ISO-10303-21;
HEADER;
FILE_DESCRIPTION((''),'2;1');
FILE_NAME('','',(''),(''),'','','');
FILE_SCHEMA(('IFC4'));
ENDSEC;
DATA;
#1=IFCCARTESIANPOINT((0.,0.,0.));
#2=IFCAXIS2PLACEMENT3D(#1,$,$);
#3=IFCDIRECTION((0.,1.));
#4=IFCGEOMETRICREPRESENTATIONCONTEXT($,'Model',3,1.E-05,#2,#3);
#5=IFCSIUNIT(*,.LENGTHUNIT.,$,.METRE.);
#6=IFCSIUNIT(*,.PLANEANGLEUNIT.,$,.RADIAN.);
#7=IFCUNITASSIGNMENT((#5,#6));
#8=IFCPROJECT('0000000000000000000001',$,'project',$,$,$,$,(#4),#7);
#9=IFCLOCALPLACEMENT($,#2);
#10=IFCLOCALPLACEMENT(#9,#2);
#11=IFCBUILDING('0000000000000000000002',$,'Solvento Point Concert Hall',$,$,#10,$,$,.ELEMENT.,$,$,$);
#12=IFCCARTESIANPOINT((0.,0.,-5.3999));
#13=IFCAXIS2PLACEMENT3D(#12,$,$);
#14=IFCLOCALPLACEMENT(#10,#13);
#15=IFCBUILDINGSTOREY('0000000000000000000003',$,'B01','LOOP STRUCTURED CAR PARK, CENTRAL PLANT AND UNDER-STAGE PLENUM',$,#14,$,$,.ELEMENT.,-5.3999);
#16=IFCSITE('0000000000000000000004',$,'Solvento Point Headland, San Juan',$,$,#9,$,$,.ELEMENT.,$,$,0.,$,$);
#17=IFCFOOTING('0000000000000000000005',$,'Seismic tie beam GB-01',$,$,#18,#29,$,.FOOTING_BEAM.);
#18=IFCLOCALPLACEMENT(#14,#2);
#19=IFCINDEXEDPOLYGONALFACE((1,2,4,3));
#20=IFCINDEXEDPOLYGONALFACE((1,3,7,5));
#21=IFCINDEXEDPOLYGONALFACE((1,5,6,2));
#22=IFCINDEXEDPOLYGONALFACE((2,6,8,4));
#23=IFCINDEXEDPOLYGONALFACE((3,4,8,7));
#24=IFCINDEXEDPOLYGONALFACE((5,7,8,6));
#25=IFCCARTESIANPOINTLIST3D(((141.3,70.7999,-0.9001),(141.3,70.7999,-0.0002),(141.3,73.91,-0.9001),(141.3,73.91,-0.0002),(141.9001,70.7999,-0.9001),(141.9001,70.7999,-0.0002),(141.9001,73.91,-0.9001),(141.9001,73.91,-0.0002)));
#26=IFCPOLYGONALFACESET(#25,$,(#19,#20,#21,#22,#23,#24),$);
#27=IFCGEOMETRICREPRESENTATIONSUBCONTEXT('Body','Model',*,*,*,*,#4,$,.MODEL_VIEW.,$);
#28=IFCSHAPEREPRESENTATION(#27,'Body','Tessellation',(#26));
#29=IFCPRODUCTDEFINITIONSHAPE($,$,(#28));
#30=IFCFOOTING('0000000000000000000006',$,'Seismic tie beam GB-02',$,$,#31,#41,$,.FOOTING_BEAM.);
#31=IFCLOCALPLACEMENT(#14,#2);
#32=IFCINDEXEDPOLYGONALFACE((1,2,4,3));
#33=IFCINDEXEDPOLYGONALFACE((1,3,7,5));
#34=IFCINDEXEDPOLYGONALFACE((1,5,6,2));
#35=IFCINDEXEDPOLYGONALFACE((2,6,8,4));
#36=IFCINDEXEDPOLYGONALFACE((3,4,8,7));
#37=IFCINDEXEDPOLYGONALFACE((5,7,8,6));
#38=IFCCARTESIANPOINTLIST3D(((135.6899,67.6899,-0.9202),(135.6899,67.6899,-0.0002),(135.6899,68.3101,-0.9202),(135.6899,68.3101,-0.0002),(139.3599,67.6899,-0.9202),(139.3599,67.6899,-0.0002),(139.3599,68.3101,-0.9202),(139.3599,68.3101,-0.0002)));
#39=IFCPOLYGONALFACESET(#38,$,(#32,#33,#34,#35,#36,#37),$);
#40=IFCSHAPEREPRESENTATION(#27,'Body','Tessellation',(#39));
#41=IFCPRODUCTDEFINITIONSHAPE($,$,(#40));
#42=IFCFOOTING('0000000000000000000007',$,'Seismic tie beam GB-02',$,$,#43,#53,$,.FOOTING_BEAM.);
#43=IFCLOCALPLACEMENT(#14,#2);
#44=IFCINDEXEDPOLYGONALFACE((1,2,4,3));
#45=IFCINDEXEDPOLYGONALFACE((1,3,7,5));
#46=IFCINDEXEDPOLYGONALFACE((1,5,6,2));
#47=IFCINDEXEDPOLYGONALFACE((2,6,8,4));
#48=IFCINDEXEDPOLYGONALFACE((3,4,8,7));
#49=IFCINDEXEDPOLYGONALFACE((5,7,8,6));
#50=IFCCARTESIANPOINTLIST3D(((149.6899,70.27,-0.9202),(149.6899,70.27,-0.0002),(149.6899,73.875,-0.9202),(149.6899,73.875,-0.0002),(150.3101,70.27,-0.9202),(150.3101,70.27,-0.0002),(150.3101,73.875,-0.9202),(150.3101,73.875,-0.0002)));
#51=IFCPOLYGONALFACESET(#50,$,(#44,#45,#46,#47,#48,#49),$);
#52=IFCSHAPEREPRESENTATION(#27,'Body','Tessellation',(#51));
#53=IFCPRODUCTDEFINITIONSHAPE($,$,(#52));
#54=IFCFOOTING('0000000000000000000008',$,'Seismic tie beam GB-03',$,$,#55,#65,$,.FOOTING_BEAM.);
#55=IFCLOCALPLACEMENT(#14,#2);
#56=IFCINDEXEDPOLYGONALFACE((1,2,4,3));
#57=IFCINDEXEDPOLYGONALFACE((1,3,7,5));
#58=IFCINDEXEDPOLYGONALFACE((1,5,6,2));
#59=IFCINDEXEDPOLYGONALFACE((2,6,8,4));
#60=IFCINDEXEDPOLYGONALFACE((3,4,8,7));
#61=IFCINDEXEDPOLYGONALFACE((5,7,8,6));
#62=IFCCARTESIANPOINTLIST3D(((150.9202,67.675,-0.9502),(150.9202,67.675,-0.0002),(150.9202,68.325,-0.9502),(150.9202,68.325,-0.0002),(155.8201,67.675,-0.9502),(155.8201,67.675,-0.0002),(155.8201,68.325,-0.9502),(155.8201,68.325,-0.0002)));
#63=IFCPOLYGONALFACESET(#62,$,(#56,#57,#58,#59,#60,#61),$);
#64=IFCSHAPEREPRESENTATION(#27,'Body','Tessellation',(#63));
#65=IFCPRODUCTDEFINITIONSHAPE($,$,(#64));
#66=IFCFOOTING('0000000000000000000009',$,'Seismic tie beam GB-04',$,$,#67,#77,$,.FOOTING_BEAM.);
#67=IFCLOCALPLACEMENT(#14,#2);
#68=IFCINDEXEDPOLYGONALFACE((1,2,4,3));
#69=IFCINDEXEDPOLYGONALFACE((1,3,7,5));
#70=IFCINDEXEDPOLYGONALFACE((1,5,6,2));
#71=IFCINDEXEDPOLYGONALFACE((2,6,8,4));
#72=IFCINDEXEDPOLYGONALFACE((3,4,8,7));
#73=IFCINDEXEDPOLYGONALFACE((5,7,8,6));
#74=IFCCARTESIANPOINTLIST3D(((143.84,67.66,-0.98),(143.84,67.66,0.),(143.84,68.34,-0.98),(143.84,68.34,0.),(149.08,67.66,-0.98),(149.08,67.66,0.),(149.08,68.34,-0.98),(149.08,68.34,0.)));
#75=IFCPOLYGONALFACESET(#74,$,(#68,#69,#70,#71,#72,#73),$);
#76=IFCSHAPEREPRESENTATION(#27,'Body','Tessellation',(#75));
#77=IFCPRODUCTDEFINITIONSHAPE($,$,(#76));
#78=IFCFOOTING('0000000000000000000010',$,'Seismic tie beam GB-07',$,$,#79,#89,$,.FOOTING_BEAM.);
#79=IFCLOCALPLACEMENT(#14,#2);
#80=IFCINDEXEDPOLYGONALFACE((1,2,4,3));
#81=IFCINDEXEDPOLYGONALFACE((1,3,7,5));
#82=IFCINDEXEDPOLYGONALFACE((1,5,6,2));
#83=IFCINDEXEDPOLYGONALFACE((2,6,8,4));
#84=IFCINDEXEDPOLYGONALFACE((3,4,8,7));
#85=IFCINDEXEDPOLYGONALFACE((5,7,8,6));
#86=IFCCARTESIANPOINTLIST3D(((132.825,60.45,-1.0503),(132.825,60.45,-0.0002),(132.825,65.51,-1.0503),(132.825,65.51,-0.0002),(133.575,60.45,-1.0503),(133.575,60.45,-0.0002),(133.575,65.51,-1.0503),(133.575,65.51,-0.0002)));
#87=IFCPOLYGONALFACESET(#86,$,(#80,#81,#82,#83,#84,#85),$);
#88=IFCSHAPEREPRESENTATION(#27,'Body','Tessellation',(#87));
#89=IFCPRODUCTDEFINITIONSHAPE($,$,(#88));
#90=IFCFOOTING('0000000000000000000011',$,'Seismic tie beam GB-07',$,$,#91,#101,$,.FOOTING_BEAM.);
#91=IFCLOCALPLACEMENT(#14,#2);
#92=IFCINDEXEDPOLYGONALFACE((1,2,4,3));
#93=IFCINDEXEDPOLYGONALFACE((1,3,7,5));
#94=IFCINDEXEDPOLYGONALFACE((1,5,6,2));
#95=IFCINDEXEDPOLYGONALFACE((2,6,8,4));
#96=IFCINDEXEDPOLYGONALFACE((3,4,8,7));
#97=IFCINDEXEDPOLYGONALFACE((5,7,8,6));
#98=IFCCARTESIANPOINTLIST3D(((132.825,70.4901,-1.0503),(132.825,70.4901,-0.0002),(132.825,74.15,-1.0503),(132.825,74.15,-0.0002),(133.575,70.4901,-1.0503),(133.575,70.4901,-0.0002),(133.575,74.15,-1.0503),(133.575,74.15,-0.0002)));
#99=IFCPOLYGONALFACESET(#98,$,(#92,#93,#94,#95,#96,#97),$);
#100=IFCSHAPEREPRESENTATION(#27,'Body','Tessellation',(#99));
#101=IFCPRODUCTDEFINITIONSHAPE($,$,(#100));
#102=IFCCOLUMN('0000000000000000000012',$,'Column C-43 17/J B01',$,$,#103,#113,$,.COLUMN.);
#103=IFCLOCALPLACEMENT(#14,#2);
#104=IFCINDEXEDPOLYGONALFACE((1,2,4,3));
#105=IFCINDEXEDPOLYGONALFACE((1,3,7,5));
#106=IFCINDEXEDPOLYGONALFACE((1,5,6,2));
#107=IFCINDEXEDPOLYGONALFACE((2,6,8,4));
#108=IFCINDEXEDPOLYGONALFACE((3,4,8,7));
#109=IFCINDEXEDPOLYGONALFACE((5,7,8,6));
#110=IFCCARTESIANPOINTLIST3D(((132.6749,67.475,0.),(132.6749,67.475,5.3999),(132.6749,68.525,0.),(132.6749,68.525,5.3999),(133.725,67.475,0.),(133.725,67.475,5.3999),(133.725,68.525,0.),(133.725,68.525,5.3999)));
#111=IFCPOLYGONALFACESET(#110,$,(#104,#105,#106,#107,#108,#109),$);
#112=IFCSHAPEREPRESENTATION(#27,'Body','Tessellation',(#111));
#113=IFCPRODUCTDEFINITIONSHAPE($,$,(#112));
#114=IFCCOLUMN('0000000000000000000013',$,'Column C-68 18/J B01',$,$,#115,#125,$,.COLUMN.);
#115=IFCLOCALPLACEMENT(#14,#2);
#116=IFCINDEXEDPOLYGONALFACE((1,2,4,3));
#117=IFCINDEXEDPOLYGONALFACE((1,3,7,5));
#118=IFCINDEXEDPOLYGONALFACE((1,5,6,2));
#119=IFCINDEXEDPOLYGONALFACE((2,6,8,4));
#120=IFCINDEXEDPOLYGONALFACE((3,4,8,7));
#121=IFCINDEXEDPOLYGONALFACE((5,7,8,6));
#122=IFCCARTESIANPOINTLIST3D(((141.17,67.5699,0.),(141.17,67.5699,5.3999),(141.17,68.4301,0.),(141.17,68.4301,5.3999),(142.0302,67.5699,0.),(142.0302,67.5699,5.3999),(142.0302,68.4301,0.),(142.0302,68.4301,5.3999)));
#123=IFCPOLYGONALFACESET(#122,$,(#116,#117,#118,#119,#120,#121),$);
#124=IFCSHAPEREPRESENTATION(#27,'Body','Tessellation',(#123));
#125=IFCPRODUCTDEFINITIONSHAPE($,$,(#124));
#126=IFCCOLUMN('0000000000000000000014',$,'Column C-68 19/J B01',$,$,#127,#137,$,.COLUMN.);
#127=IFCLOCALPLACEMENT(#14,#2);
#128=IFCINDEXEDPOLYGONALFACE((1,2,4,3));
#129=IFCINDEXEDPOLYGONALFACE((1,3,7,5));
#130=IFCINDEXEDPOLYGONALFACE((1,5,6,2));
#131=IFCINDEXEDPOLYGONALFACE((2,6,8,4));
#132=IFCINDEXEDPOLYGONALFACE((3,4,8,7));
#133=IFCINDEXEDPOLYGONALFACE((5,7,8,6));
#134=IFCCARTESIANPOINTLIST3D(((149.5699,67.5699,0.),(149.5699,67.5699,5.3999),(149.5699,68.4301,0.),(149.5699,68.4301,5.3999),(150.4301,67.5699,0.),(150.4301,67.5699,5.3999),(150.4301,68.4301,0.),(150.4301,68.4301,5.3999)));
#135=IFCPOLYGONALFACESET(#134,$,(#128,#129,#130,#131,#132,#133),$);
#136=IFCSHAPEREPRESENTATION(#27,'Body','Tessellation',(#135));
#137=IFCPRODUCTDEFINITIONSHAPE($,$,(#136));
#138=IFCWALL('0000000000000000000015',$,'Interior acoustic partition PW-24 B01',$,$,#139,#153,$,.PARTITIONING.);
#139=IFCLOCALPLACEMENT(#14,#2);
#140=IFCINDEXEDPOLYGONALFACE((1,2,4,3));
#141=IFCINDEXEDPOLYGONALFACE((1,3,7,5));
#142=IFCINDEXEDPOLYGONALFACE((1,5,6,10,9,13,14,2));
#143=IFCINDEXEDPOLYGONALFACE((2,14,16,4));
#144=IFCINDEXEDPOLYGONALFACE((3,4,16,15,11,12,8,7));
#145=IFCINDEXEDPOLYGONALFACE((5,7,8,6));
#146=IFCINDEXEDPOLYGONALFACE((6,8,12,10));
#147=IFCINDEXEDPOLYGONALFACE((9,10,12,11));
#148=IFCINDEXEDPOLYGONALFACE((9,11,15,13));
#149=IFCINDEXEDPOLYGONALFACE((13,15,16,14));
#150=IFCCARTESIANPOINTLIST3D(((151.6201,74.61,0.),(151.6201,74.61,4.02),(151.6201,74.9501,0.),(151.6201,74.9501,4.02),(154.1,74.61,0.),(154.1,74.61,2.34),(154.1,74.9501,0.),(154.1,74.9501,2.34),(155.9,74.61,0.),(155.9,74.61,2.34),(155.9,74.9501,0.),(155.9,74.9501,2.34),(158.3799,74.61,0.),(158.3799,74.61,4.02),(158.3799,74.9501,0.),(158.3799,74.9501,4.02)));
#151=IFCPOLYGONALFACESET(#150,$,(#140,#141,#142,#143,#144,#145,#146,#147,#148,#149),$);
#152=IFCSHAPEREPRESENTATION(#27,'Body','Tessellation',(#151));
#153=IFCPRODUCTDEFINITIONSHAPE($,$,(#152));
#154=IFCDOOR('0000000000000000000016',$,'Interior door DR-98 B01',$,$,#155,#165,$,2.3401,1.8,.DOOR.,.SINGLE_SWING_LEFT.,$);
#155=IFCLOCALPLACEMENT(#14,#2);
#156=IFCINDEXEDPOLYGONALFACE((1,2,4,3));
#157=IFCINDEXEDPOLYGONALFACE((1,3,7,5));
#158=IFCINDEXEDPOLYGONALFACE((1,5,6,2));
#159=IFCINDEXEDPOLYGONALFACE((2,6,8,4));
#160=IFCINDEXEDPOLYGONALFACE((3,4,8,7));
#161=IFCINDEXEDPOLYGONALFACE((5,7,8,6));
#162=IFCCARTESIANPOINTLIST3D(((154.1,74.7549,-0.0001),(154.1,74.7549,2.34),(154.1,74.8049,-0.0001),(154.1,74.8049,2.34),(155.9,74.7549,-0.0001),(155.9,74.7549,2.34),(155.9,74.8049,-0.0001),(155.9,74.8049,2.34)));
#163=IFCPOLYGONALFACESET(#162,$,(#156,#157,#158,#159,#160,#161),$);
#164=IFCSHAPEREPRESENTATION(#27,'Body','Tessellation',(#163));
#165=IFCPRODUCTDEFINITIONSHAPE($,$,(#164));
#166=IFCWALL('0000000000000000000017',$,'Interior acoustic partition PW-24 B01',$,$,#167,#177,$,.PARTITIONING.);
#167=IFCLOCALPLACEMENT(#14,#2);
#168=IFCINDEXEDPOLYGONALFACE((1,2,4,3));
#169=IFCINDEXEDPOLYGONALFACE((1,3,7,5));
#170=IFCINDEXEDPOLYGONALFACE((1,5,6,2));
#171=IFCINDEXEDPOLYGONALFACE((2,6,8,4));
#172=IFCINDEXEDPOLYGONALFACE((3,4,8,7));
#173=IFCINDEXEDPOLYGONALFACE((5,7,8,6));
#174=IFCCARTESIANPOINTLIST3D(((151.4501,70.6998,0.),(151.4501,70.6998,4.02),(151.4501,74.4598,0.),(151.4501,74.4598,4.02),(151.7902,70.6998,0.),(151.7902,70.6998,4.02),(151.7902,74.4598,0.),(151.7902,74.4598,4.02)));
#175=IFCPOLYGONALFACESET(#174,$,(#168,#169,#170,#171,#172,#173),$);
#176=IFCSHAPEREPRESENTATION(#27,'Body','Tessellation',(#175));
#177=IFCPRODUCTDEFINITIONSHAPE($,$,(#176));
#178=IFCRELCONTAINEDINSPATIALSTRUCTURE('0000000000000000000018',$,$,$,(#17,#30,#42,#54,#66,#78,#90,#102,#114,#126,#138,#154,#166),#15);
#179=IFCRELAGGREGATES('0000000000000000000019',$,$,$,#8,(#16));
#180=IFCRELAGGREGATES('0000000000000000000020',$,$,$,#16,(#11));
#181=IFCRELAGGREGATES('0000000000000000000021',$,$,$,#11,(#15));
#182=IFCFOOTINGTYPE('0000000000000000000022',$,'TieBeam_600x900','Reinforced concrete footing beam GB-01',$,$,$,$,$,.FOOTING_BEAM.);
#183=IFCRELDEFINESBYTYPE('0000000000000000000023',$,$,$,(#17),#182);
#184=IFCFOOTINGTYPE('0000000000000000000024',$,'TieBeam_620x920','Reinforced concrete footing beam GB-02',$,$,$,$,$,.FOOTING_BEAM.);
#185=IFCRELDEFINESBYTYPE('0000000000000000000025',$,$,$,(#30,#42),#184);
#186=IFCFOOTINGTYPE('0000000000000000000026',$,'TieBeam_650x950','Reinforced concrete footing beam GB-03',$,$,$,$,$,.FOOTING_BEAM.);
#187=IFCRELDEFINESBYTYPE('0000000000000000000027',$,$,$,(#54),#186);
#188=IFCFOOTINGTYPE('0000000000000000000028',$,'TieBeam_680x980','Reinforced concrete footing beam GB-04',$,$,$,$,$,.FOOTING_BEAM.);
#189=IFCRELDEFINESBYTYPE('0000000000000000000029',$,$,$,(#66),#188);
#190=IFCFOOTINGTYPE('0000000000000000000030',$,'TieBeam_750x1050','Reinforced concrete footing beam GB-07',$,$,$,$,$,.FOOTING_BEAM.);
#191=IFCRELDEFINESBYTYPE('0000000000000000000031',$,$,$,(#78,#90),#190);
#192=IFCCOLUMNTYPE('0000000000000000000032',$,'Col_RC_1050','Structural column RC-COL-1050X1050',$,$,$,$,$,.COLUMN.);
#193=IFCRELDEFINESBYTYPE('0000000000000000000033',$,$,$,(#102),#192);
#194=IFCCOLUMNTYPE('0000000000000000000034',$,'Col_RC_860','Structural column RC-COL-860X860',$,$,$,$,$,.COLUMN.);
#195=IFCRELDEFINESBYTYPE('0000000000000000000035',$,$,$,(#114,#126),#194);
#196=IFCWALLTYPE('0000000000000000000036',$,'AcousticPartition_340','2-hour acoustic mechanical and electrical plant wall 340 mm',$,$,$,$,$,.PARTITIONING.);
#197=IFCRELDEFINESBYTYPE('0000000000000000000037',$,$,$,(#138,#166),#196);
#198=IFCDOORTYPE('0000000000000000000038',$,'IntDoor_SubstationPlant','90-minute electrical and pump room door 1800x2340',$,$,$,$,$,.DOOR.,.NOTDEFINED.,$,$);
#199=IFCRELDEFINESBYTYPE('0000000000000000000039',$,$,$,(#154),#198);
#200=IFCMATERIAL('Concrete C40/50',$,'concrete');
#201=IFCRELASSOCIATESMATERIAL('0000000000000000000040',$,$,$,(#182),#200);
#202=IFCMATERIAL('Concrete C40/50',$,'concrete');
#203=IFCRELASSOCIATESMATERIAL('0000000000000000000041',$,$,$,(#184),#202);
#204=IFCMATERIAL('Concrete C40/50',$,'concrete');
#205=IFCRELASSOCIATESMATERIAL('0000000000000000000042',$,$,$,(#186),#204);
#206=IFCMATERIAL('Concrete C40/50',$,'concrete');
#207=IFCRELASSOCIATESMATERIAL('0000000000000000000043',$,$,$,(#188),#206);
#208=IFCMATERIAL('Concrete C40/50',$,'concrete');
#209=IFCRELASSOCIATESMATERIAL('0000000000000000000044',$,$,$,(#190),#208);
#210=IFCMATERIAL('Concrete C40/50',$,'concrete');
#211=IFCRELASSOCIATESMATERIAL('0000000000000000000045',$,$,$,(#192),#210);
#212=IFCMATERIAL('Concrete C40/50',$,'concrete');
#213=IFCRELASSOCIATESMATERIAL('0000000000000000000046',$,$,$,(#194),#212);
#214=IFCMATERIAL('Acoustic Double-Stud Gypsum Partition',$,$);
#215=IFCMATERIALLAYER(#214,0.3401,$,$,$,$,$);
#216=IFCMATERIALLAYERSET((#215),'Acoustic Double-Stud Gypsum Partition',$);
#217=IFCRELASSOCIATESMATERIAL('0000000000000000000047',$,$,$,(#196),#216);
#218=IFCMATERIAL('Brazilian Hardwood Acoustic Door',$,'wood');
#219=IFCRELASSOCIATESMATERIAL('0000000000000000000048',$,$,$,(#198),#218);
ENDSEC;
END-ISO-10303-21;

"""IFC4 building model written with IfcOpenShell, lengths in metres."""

from ifc_helpers import new_model, si_unit, direction, frame, frame_2d, origin, origin_2d, place, context, subcontext, project, spatial, rectangle, extrude, material, layer, layer_set, material_profile, profile_set, type_object, element, fill, save


model = new_model("IFC4")

# Units and contexts
model_context = context("Model", 3, precision=1e-05, world=origin(), true_north=direction((0.0, 1.0)))
body_context = subcontext(model_context, "Body", "Model", "MODEL_VIEW")
ifc_project = project(units=[si_unit("LENGTHUNIT", "METRE"), si_unit("PLANEANGLEUNIT", "RADIAN")], contexts=[model_context])

# Site, building, storey
site_placement = place(None, origin())
site = spatial("IfcSite", under=ifc_project, at=site_placement, Name="Solvento Point Headland, San Juan", CompositionType="ELEMENT", RefElevation=0.0)
building_placement = place(site_placement, origin())
building = spatial("IfcBuilding", under=site, at=building_placement, Name="Solvento Point Concert Hall", CompositionType="ELEMENT")
storey_placement = place(building_placement, frame((0.0, 0.0, -5.3999)))
storey = spatial("IfcBuildingStorey", under=building, at=storey_placement, Name="B01", Description="LOOP STRUCTURED CAR PARK, CENTRAL PLANT AND UNDER-STAGE PLENUM", CompositionType="ELEMENT", Elevation=-5.3999)

# Footings
ifc_material_1 = material(Name="Concrete C40/50", Category="concrete")
footing_type_1 = type_object("IfcFootingType", Name="TieBeam_600x900", Description="Reinforced concrete footing beam GB-01", PredefinedType="FOOTING_BEAM", material=ifc_material_1)
footing_1_placement = place(storey_placement, frame((141.6001, 72.355, -0.9001), z_axis=(0.0, 0.0, 1.0), x_axis=(0.0, 1.0, 0.0)))
element("IfcFooting", 1, at=footing_1_placement, inside=storey, type_object=footing_type_1, Name="Seismic tie beam GB-01", PredefinedType="FOOTING_BEAM", context=body_context, shape_type="SweptSolid", body=[
    extrude(rectangle(XDim=3.1101, YDim=0.6001, at=origin_2d()), origin(), (0.0, 0.0, 1.0), 0.8999),
])
ifc_material_2 = material(Name="Concrete C40/50", Category="concrete")
footing_type_2 = type_object("IfcFootingType", Name="TieBeam_620x920", Description="Reinforced concrete footing beam GB-02", PredefinedType="FOOTING_BEAM", material=ifc_material_2)
footing_2_placement = place(storey_placement, frame((137.5249, 68.0, -0.9202), z_axis=(0.0, 0.0, 1.0), x_axis=(1.0, 0.0, 0.0)))
element("IfcFooting", 2, at=footing_2_placement, inside=storey, type_object=footing_type_2, Name="Seismic tie beam GB-02", PredefinedType="FOOTING_BEAM", context=body_context, shape_type="SweptSolid", body=[
    extrude(rectangle(XDim=3.6699, YDim=0.6201, at=origin_2d()), origin(), (0.0, 0.0, 1.0), 0.9199),
])
footing_3_placement = place(storey_placement, frame((150.0, 72.0725, -0.9202), z_axis=(0.0, 0.0, 1.0), x_axis=(0.0, 1.0, 0.0)))
element("IfcFooting", 3, at=footing_3_placement, inside=storey, type_object=footing_type_2, Name="Seismic tie beam GB-02", PredefinedType="FOOTING_BEAM", context=body_context, shape_type="SweptSolid", body=[
    extrude(rectangle(XDim=3.605, YDim=0.6201, at=origin_2d()), origin(), (0.0, 0.0, 1.0), 0.9199),
])
ifc_material_3 = material(Name="Concrete C40/50", Category="concrete")
footing_type_3 = type_object("IfcFootingType", Name="TieBeam_650x950", Description="Reinforced concrete footing beam GB-03", PredefinedType="FOOTING_BEAM", material=ifc_material_3)
footing_4_placement = place(storey_placement, frame((153.3701, 68.0, -0.9502), z_axis=(0.0, 0.0, 1.0), x_axis=(1.0, 0.0, 0.0)))
element("IfcFooting", 4, at=footing_4_placement, inside=storey, type_object=footing_type_3, Name="Seismic tie beam GB-03", PredefinedType="FOOTING_BEAM", context=body_context, shape_type="SweptSolid", body=[
    extrude(rectangle(XDim=4.8999, YDim=0.6499, at=origin_2d()), origin(), (0.0, 0.0, 1.0), 0.95),
])
ifc_material_4 = material(Name="Concrete C40/50", Category="concrete")
footing_type_4 = type_object("IfcFootingType", Name="TieBeam_680x980", Description="Reinforced concrete footing beam GB-04", PredefinedType="FOOTING_BEAM", material=ifc_material_4)
footing_5_placement = place(storey_placement, frame((146.46, 68.0, -0.98), z_axis=(0.0, 0.0, 1.0), x_axis=(1.0, 0.0, 0.0)))
element("IfcFooting", 5, at=footing_5_placement, inside=storey, type_object=footing_type_4, Name="Seismic tie beam GB-04", PredefinedType="FOOTING_BEAM", context=body_context, shape_type="SweptSolid", body=[
    extrude(rectangle(XDim=5.24, YDim=0.6799, at=origin_2d()), origin(), (0.0, 0.0, 1.0), 0.98),
])
ifc_material_5 = material(Name="Concrete C40/50", Category="concrete")
footing_type_5 = type_object("IfcFootingType", Name="TieBeam_750x1050", Description="Reinforced concrete footing beam GB-07", PredefinedType="FOOTING_BEAM", material=ifc_material_5)
footing_6_placement = place(storey_placement, frame((133.2, 62.98, -1.0503), z_axis=(0.0, 0.0, 1.0), x_axis=(0.0, 1.0, 0.0)))
element("IfcFooting", 6, at=footing_6_placement, inside=storey, type_object=footing_type_5, Name="Seismic tie beam GB-07", PredefinedType="FOOTING_BEAM", context=body_context, shape_type="SweptSolid", body=[
    extrude(rectangle(XDim=5.0601, YDim=0.75, at=origin_2d()), origin(), (0.0, 0.0, 1.0), 1.05),
])
footing_7_placement = place(storey_placement, frame((133.2, 72.3201, -1.0503), z_axis=(0.0, 0.0, 1.0), x_axis=(0.0, 1.0, 0.0)))
element("IfcFooting", 7, at=footing_7_placement, inside=storey, type_object=footing_type_5, Name="Seismic tie beam GB-07", PredefinedType="FOOTING_BEAM", context=body_context, shape_type="SweptSolid", body=[
    extrude(rectangle(XDim=3.6599, YDim=0.75, at=origin_2d()), origin(), (0.0, 0.0, 1.0), 1.05),
])

# Columns
ifc_material_6 = material(Name="Concrete C40/50", Category="concrete")
ifc_material_profile_1 = material_profile(ifc_material_6, rectangle(XDim=1.05, YDim=1.05, at=origin_2d()), Name="RC-COL-1050X1050")
ifc_profile_set_1 = profile_set([ifc_material_profile_1], Name="Concrete C40/50")
column_type_1 = type_object("IfcColumnType", Name="Col_RC_1050", Description="Structural column RC-COL-1050X1050", PredefinedType="COLUMN", material=ifc_profile_set_1)
column_placement = place(storey_placement, frame((133.2, 68.0, 0.0), z_axis=(0.0, 0.0, 1.0), x_axis=(1.0, 0.0, 0.0)))
element("IfcColumn", 8, at=column_placement, inside=storey, type_object=column_type_1, Name="Column C-43 17/J B01", PredefinedType="COLUMN", context=body_context, shape_type="SweptSolid", body=[
    extrude(rectangle(XDim=1.05, YDim=1.05, at=origin_2d()), origin(), (0.0, 0.0, 1.0), 5.3999),
])
ifc_material_7 = material(Name="Concrete C40/50", Category="concrete")
ifc_material_profile_2 = material_profile(ifc_material_7, rectangle(XDim=0.8601, YDim=0.8601, at=origin_2d()), Name="RC-COL-860X860")
ifc_profile_set_2 = profile_set([ifc_material_profile_2], Name="Concrete C40/50")
column_type_2 = type_object("IfcColumnType", Name="Col_RC_860", Description="Structural column RC-COL-860X860", PredefinedType="COLUMN", material=ifc_profile_set_2)
for number, where, z_axis, x_axis, name in (
    (9, (141.6001, 68.0, 0.0), (0.0, 0.0, 1.0), (1.0, 0.0, 0.0), "Column C-68 18/J B01"),
    (10, (150.0, 68.0, 0.0), (0.0, 0.0, 1.0), (1.0, 0.0, 0.0), "Column C-68 19/J B01"),
):
    element("IfcColumn", number, at=place(storey_placement, frame(where, z_axis=z_axis, x_axis=x_axis)), inside=storey, type_object=column_type_2, Name=name, PredefinedType="COLUMN", context=body_context, shape_type="SweptSolid", body=[
        extrude(rectangle(XDim=0.8601, YDim=0.8601, at=origin_2d()), origin(), (0.0, 0.0, 1.0), 5.3999),
    ])

# Wall, opening, door
ifc_material_8 = material(Name="Acoustic Double-Stud Gypsum Partition")
ifc_layer_1 = layer(ifc_material_8, 0.3401)
ifc_layer_set_1 = layer_set([ifc_layer_1], Name="Acoustic Double-Stud Gypsum Partition")
wall_type_1 = type_object("IfcWallType", Name="AcousticPartition_340", Description="2-hour acoustic mechanical and electrical plant wall 340 mm", PredefinedType="PARTITIONING", material=ifc_layer_set_1)
wall_1_placement = place(storey_placement, frame((151.6201, 74.78, 0.0), z_axis=(0.0, 0.0, 1.0), x_axis=(1.0, 0.0, 0.0)))
wall_1 = element("IfcWall", 11, at=wall_1_placement, inside=storey, type_object=wall_type_1, Name="Interior acoustic partition PW-24 B01", PredefinedType="PARTITIONING", context=body_context, shape_type="SweptSolid", body=[
    extrude(rectangle(XDim=6.7598, YDim=0.3401, at=frame_2d((3.3799, 0.0))), origin(), (0.0, 0.0, 1.0), 4.02),
])
opening_placement = place(wall_1_placement, frame((2.48, 0.0, 0.0)))
opening = element("IfcOpeningElement", 12, at=opening_placement, cuts=wall_1, PredefinedType="OPENING", context=body_context, shape_type="SweptSolid", body=[
    extrude(rectangle(XDim=1.8, YDim=2.3401, at=frame_2d((0.8999, 1.1699))), frame((0.0, 0.1799, 0.0), z_axis=(0.0, -1.0, 0.0), x_axis=(1.0, 0.0, 0.0)), (0.0, 0.0, 1.0), 0.3601),
])
ifc_material_9 = material(Name="Brazilian Hardwood Acoustic Door", Category="wood")
door_type = type_object("IfcDoorType", Name="IntDoor_SubstationPlant", Description="90-minute electrical and pump room door 1800x2340", OperationType="NOTDEFINED", PredefinedType="DOOR", material=ifc_material_9)
door_placement = place(opening_placement, origin())
door = element("IfcDoor", 13, at=door_placement, inside=storey, type_object=door_type, Name="Interior door DR-98 B01", OperationType="SINGLE_SWING_LEFT", OverallHeight=2.3401, OverallWidth=1.8, PredefinedType="DOOR", context=body_context, shape_type="SweptSolid", body=[
    extrude(rectangle(XDim=1.8, YDim=2.3401, at=frame_2d((0.8999, 1.1699))), frame((0.0, 0.0249, 0.0), z_axis=(0.0, -1.0, 0.0), x_axis=(1.0, 0.0, 0.0)), (0.0, 0.0, 1.0), 0.05),
])
fill(opening, door)

# Wall
wall_2_placement = place(storey_placement, frame((151.6201, 70.7, 0.0), z_axis=(0.0, 0.0, 1.0), x_axis=(0.0, 1.0, 0.0)))
element("IfcWall", 14, at=wall_2_placement, inside=storey, type_object=wall_type_1, Name="Interior acoustic partition PW-24 B01", PredefinedType="PARTITIONING", context=body_context, shape_type="SweptSolid", body=[
    extrude(rectangle(XDim=3.76, YDim=0.3401, at=frame_2d((1.8799, 0.0))), origin(), (0.0, 0.0, 1.0), 4.02),
])

save(model, "model.ifc")
